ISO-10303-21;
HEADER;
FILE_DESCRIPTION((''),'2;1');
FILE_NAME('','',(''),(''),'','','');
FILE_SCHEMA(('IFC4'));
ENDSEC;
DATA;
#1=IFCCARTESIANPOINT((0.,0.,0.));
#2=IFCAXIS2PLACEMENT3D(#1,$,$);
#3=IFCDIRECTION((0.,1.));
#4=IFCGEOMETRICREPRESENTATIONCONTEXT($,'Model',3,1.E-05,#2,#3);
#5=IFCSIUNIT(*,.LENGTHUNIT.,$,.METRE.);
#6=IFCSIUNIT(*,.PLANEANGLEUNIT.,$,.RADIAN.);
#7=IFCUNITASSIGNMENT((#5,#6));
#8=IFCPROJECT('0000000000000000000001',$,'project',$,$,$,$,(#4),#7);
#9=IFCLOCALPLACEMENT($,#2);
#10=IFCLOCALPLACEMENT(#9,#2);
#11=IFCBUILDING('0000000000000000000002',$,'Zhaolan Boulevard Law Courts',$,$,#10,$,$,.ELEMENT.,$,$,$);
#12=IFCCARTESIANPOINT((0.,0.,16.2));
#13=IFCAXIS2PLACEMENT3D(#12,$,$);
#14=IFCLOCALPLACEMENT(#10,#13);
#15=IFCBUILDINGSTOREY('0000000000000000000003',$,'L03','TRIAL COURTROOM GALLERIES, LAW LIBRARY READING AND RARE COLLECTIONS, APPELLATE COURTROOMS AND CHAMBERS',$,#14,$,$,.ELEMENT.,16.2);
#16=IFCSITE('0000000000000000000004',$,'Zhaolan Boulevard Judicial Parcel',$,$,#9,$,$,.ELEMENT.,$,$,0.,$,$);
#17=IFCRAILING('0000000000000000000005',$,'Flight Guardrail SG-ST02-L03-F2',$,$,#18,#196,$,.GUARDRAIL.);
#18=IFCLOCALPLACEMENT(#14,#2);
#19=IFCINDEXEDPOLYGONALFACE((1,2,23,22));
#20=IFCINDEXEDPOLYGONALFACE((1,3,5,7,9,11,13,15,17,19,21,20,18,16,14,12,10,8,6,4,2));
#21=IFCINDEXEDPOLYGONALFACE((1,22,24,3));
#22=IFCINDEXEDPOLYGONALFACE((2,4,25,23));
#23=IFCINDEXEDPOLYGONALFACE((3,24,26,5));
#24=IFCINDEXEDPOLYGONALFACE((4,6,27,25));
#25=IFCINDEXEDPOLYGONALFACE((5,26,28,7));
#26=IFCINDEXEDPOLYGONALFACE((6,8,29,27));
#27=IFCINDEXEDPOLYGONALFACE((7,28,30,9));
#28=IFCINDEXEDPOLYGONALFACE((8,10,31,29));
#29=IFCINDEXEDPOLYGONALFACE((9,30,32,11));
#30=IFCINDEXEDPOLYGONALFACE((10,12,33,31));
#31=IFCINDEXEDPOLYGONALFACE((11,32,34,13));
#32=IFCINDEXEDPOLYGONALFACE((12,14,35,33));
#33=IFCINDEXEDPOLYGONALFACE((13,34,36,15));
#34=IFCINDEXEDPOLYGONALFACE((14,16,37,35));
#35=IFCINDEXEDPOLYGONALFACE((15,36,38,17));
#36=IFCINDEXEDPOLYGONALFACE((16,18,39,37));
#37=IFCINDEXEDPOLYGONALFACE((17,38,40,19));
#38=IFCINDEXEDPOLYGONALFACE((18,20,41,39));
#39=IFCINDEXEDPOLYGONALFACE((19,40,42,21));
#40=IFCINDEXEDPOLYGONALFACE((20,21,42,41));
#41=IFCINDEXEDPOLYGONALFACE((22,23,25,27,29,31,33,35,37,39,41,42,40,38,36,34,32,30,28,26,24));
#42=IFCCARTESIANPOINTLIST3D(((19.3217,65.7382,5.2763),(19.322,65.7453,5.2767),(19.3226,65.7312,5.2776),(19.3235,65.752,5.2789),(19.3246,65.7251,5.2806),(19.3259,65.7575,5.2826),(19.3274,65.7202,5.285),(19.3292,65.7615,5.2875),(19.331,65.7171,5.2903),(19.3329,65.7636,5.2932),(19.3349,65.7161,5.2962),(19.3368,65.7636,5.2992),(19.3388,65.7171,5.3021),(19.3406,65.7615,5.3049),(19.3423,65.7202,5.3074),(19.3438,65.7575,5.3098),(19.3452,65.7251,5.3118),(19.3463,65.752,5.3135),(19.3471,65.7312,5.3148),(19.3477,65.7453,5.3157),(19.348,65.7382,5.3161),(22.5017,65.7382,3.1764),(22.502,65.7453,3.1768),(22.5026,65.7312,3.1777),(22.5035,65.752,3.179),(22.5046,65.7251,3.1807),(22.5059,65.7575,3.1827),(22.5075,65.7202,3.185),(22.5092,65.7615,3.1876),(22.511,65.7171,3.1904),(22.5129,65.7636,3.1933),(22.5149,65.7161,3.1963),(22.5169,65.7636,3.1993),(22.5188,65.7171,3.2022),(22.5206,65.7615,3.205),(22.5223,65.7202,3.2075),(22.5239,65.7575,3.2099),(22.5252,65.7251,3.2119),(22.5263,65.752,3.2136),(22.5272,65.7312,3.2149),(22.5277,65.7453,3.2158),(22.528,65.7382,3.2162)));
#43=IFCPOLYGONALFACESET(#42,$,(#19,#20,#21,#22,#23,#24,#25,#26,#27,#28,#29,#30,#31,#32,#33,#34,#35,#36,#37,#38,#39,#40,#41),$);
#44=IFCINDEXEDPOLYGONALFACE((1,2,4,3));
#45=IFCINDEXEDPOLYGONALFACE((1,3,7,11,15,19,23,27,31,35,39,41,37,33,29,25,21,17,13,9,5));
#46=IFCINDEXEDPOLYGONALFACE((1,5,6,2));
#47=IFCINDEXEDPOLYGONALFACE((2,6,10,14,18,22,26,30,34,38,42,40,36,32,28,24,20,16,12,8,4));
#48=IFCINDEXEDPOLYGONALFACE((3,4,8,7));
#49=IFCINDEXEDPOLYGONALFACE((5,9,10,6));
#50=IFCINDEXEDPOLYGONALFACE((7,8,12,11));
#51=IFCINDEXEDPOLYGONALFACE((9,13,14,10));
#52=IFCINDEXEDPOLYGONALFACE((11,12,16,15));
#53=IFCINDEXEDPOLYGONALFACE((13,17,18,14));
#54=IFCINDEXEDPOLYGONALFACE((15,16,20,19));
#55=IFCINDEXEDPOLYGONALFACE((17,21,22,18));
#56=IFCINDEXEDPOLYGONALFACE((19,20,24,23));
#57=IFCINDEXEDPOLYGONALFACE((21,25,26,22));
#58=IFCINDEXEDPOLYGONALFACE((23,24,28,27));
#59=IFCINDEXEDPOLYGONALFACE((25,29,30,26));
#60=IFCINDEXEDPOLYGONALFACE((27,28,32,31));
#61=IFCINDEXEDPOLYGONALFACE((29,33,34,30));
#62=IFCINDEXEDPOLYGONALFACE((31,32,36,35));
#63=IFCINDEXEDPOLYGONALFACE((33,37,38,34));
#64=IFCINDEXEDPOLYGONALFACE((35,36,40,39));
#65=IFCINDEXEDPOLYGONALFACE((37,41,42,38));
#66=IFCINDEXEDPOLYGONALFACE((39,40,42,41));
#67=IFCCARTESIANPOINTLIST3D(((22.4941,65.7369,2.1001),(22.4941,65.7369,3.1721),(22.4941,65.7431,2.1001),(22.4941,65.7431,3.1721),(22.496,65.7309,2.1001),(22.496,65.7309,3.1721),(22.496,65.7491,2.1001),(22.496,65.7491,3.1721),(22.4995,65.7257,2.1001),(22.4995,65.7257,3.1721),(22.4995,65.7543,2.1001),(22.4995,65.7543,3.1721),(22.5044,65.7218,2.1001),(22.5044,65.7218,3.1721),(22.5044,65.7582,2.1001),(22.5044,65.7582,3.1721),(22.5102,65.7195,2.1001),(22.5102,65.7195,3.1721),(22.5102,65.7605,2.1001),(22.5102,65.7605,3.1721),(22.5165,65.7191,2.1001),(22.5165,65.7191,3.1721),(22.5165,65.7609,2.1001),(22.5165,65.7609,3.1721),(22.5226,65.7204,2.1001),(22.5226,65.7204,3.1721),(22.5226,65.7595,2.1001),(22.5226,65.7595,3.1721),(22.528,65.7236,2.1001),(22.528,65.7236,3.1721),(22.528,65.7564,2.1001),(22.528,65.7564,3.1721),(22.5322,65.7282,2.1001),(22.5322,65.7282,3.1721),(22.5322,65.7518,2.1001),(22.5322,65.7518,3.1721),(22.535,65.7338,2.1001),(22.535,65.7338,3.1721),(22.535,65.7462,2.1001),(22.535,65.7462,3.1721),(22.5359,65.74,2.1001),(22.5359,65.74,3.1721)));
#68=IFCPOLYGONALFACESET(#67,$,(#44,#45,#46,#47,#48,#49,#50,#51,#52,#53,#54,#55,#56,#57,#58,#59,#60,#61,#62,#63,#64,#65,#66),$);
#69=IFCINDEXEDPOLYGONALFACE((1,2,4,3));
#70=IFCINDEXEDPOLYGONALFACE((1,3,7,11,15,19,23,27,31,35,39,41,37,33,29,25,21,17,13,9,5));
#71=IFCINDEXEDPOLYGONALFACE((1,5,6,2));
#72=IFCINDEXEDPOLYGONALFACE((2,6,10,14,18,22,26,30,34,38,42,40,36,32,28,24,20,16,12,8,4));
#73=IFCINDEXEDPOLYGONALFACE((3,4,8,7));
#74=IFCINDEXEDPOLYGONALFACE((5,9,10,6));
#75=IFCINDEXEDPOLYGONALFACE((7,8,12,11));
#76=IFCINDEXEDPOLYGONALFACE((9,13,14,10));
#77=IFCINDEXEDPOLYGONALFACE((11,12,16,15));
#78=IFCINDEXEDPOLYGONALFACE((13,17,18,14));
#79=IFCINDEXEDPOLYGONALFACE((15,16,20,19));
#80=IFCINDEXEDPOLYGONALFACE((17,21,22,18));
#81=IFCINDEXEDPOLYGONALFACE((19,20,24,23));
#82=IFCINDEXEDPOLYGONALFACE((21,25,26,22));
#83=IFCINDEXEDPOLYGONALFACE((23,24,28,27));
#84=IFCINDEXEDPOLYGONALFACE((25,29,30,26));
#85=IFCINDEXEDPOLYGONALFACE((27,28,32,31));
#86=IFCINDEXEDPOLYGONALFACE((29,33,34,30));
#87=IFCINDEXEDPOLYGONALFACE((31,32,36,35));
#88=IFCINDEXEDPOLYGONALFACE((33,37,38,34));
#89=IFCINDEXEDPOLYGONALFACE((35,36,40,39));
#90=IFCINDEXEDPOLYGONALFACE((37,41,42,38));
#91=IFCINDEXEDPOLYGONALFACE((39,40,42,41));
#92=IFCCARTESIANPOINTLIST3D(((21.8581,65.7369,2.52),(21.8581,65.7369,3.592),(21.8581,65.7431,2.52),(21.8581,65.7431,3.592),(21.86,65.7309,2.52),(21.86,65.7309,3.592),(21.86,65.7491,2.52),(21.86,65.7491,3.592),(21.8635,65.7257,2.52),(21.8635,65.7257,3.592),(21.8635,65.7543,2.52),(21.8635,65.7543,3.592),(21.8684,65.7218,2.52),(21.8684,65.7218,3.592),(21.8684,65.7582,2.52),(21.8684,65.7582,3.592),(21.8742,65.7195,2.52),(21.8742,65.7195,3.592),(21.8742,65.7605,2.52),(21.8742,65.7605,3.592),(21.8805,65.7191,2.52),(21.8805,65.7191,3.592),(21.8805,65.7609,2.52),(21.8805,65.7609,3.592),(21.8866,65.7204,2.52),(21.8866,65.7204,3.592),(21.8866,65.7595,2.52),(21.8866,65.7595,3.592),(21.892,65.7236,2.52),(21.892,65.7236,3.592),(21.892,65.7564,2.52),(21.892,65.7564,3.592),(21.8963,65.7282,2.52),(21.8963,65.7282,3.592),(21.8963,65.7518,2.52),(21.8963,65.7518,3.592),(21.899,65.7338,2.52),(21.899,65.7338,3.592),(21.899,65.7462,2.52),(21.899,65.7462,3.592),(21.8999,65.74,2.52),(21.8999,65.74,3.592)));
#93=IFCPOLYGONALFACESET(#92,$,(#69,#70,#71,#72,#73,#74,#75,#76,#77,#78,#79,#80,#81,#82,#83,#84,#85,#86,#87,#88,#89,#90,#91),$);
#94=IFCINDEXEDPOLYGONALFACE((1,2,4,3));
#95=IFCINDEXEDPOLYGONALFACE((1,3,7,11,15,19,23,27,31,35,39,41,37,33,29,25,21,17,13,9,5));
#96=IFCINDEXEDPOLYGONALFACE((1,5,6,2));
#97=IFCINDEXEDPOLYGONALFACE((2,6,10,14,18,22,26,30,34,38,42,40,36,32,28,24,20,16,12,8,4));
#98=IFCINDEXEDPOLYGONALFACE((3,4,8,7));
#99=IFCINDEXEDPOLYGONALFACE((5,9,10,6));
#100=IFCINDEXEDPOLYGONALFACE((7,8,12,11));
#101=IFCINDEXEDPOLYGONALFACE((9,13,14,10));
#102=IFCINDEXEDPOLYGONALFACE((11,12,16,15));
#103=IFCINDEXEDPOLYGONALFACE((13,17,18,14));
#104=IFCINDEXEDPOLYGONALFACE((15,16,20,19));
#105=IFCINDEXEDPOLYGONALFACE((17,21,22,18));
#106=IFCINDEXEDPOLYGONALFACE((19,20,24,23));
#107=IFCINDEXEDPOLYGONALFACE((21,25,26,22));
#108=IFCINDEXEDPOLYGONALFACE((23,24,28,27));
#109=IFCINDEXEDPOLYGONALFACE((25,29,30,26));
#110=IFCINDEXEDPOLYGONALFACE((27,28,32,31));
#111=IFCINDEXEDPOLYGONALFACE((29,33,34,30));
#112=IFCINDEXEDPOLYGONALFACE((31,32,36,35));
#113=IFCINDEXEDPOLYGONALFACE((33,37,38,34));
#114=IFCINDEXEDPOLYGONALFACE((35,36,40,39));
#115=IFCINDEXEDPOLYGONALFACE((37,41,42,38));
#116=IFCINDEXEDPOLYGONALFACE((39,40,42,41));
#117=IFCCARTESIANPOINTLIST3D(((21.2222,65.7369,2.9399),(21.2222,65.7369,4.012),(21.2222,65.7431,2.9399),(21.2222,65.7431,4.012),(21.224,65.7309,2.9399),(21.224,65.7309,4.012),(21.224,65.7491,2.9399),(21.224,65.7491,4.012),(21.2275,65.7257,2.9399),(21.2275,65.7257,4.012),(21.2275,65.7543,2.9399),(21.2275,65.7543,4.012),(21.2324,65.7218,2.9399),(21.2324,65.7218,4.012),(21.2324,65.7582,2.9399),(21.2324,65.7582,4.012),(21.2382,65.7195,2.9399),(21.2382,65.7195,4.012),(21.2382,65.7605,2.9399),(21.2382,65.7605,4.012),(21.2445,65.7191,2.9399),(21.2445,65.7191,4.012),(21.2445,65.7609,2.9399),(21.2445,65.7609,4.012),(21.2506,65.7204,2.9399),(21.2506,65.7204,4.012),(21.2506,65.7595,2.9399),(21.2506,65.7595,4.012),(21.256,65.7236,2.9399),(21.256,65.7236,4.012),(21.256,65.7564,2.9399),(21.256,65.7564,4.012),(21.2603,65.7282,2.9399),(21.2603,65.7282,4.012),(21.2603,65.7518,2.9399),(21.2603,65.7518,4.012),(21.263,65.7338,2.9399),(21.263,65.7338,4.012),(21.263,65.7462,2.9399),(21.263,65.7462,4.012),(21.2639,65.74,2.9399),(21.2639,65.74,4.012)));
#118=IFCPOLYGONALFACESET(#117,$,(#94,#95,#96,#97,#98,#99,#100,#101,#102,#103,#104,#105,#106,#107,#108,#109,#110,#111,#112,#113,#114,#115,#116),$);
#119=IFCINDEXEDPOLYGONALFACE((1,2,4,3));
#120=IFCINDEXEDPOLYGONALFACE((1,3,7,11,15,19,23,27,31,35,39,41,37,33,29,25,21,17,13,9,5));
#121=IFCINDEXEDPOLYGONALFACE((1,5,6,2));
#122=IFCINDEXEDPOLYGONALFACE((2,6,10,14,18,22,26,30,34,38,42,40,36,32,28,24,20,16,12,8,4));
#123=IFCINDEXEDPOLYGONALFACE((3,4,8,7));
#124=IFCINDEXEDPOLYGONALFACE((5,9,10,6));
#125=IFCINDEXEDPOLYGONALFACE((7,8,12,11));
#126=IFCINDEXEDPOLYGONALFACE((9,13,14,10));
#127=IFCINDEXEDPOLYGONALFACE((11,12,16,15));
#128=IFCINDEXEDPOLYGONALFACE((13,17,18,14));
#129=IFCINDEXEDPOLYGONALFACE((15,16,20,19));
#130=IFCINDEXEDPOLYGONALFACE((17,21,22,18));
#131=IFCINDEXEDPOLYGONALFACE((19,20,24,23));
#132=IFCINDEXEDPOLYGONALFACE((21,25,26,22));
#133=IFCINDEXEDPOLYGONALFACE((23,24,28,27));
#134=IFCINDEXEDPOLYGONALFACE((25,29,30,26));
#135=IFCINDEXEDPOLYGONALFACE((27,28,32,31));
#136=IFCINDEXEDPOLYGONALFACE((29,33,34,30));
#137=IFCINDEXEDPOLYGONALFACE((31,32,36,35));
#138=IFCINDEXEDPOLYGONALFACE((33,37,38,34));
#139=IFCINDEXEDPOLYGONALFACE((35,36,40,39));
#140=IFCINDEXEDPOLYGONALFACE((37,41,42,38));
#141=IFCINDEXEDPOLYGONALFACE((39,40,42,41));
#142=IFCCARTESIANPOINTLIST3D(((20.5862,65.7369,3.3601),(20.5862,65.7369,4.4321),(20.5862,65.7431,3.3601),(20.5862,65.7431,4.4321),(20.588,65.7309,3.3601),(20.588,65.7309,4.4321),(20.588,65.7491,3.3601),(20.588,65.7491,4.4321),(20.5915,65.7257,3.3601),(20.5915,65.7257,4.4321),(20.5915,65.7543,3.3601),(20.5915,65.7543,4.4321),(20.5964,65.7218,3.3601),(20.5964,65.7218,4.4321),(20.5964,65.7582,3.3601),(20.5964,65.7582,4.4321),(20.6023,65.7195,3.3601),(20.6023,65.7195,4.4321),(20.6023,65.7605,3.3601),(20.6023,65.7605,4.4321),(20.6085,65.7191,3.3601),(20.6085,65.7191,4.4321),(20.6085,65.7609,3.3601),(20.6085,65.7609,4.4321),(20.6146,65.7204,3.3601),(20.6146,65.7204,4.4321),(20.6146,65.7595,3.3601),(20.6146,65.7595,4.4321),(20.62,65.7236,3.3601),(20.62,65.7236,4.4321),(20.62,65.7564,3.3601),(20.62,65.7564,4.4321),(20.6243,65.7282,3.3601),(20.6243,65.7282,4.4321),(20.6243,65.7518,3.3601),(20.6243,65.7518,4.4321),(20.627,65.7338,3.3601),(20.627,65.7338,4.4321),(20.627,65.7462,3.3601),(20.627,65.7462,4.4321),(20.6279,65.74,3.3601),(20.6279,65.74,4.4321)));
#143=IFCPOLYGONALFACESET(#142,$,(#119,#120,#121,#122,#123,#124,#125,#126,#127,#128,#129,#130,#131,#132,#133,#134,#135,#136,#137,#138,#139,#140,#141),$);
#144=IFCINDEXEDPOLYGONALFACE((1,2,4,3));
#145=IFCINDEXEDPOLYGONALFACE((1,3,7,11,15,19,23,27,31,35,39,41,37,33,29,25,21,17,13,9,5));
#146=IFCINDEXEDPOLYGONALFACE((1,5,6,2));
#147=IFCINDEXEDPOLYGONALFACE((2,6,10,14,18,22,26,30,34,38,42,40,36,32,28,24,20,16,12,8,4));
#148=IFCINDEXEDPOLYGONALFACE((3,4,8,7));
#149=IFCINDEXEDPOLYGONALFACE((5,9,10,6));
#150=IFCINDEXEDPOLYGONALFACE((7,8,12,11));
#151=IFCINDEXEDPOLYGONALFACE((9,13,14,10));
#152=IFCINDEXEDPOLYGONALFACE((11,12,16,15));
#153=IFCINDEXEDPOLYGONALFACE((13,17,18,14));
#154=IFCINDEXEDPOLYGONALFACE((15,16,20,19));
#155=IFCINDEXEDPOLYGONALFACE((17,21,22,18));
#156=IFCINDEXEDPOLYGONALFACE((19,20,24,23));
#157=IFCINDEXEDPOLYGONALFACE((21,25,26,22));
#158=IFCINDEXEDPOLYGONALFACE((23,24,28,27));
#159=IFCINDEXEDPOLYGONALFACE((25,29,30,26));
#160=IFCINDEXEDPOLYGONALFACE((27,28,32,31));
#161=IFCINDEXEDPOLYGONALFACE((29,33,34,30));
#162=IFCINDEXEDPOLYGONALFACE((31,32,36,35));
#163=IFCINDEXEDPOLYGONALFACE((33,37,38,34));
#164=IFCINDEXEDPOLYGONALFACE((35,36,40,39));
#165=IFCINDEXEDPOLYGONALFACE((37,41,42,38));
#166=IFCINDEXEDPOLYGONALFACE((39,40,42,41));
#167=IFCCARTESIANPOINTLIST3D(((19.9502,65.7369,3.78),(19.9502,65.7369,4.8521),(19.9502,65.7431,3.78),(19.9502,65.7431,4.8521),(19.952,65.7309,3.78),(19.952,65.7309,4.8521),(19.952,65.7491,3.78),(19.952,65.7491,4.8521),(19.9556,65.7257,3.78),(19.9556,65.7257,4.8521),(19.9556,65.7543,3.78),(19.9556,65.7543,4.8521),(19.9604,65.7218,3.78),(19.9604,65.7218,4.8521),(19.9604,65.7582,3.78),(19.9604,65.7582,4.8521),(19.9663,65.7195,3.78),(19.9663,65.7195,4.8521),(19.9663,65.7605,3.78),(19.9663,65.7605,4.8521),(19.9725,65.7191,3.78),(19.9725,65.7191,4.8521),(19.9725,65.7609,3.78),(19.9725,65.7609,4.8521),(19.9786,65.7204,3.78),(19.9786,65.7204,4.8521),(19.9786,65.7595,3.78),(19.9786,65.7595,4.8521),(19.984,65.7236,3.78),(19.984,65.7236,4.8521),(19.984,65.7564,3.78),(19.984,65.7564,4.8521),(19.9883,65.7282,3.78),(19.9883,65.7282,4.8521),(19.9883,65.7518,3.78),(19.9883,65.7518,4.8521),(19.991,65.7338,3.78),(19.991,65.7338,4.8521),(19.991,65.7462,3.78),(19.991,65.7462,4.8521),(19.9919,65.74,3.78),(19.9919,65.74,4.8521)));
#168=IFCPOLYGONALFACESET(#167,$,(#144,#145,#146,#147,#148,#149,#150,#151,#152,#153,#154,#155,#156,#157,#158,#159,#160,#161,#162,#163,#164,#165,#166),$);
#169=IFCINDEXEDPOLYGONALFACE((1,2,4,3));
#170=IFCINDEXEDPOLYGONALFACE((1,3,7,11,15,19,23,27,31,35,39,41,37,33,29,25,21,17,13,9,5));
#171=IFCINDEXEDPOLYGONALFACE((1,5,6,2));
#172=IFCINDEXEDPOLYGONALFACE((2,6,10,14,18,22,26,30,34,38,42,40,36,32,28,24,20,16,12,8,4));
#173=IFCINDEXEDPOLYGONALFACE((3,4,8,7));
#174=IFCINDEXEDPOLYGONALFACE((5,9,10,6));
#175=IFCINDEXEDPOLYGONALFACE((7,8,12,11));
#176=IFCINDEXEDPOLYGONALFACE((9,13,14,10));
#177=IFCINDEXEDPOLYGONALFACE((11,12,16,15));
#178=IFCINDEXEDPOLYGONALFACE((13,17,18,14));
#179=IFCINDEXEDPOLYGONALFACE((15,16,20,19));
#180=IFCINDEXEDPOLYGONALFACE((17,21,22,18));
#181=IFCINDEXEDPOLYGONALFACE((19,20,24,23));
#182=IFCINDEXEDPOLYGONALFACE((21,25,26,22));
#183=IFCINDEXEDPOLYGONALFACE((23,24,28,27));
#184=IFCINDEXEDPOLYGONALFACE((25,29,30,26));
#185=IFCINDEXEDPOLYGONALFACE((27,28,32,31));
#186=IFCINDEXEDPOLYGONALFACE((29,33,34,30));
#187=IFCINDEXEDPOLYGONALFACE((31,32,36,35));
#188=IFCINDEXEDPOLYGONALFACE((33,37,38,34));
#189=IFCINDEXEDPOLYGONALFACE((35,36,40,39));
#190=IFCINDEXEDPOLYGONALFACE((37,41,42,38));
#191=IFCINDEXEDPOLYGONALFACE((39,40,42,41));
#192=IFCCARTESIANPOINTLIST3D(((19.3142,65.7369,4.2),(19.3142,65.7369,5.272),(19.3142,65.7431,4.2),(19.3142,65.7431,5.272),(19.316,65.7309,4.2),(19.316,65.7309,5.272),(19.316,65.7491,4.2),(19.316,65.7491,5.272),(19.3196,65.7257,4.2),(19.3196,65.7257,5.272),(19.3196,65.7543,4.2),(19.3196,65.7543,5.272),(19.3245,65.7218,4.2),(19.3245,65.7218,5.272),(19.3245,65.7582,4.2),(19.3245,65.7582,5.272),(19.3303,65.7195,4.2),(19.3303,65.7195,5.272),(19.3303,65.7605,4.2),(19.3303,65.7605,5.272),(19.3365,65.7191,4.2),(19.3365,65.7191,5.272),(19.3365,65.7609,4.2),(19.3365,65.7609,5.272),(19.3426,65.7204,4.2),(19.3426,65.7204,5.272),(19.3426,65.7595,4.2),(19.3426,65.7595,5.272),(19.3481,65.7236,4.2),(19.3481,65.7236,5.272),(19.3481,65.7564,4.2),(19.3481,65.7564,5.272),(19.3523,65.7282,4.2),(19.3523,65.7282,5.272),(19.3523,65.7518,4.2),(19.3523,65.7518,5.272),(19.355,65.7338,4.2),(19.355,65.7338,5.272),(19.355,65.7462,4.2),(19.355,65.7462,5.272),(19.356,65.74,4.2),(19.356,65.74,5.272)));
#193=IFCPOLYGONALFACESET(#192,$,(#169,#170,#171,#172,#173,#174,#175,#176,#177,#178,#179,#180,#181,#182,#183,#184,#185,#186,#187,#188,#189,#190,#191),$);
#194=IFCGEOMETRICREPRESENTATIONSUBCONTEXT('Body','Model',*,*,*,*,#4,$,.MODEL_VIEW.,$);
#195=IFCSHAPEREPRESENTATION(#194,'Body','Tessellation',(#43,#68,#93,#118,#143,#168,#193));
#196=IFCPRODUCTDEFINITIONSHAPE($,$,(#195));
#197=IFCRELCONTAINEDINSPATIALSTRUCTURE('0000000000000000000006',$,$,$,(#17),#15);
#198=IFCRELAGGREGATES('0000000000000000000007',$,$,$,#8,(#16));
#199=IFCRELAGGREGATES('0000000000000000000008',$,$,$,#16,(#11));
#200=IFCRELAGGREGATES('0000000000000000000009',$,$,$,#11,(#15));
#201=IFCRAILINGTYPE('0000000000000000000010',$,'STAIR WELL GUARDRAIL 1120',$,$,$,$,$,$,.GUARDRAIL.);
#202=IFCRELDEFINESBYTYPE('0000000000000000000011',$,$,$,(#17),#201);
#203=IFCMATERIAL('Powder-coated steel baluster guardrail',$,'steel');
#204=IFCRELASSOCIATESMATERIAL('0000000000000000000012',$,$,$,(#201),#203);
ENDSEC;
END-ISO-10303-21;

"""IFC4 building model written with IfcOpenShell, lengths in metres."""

from ifc_helpers import new_model, si_unit, direction, frame, origin, origin_2d, place, context, subcontext, project, spatial, circle, extrude, material, type_object, element, save


model = new_model("IFC4")

# Units and contexts
model_context = context("Model", 3, precision=1e-05, world=origin(), true_north=direction((0.0, 1.0)))
body_context = subcontext(model_context, "Body", "Model", "MODEL_VIEW")
ifc_project = project(units=[si_unit("LENGTHUNIT", "METRE"), si_unit("PLANEANGLEUNIT", "RADIAN")], contexts=[model_context])

# Site, building, storey
site_placement = place(None, origin())
site = spatial("IfcSite", under=ifc_project, at=site_placement, Name="Zhaolan Boulevard Judicial Parcel", CompositionType="ELEMENT", RefElevation=0.0)
building_placement = place(site_placement, origin())
building = spatial("IfcBuilding", under=site, at=building_placement, Name="Zhaolan Boulevard Law Courts", CompositionType="ELEMENT")
storey_placement = place(building_placement, frame((0.0, 0.0, 16.2)))
storey = spatial("IfcBuildingStorey", under=building, at=storey_placement, Name="L03", Description="TRIAL COURTROOM GALLERIES, LAW LIBRARY READING AND RARE COLLECTIONS, APPELLATE COURTROOMS AND CHAMBERS", CompositionType="ELEMENT", Elevation=16.2)

# Railing
ifc_material_1 = material(Name="Powder-coated steel baluster guardrail", Category="steel")
railing_type_1 = type_object("IfcRailingType", Name="STAIR WELL GUARDRAIL 1120", PredefinedType="GUARDRAIL", material=ifc_material_1)
railing_1_placement = place(storey_placement, frame((22.5149, 65.74, 2.1001)))
element("IfcRailing", 1, at=railing_1_placement, inside=storey, type_object=railing_type_1, Name="Flight Guardrail SG-ST02-L03-F2", PredefinedType="GUARDRAIL", context=body_context, shape_type="SweptSolid", body=[
    extrude(circle(Radius=0.0239, at=origin_2d()), frame((0.0, 0.0, 1.0962), z_axis=(-0.834477, 0.0, 0.551043), x_axis=(0.0, -1.0, 0.0)), (0.0, 0.0, 1.0), 3.8108),
    extrude(circle(Radius=0.021, at=origin_2d()), origin(), (0.0, 0.0, 1.0), 1.072),
    extrude(circle(Radius=0.021, at=origin_2d()), frame((-0.636, 0.0, 0.4199)), (0.0, 0.0, 1.0), 1.072),
    extrude(circle(Radius=0.021, at=origin_2d()), frame((-1.272, 0.0, 0.8398)), (0.0, 0.0, 1.0), 1.072),
    extrude(circle(Radius=0.021, at=origin_2d()), frame((-1.908, 0.0, 1.26)), (0.0, 0.0, 1.0), 1.072),
    extrude(circle(Radius=0.021, at=origin_2d()), frame((-2.5439, 0.0, 1.6799)), (0.0, 0.0, 1.0), 1.072),
    extrude(circle(Radius=0.021, at=origin_2d()), frame((-3.1799, 0.0, 2.0999)), (0.0, 0.0, 1.0), 1.072),
])

save(model, "model.ifc")
